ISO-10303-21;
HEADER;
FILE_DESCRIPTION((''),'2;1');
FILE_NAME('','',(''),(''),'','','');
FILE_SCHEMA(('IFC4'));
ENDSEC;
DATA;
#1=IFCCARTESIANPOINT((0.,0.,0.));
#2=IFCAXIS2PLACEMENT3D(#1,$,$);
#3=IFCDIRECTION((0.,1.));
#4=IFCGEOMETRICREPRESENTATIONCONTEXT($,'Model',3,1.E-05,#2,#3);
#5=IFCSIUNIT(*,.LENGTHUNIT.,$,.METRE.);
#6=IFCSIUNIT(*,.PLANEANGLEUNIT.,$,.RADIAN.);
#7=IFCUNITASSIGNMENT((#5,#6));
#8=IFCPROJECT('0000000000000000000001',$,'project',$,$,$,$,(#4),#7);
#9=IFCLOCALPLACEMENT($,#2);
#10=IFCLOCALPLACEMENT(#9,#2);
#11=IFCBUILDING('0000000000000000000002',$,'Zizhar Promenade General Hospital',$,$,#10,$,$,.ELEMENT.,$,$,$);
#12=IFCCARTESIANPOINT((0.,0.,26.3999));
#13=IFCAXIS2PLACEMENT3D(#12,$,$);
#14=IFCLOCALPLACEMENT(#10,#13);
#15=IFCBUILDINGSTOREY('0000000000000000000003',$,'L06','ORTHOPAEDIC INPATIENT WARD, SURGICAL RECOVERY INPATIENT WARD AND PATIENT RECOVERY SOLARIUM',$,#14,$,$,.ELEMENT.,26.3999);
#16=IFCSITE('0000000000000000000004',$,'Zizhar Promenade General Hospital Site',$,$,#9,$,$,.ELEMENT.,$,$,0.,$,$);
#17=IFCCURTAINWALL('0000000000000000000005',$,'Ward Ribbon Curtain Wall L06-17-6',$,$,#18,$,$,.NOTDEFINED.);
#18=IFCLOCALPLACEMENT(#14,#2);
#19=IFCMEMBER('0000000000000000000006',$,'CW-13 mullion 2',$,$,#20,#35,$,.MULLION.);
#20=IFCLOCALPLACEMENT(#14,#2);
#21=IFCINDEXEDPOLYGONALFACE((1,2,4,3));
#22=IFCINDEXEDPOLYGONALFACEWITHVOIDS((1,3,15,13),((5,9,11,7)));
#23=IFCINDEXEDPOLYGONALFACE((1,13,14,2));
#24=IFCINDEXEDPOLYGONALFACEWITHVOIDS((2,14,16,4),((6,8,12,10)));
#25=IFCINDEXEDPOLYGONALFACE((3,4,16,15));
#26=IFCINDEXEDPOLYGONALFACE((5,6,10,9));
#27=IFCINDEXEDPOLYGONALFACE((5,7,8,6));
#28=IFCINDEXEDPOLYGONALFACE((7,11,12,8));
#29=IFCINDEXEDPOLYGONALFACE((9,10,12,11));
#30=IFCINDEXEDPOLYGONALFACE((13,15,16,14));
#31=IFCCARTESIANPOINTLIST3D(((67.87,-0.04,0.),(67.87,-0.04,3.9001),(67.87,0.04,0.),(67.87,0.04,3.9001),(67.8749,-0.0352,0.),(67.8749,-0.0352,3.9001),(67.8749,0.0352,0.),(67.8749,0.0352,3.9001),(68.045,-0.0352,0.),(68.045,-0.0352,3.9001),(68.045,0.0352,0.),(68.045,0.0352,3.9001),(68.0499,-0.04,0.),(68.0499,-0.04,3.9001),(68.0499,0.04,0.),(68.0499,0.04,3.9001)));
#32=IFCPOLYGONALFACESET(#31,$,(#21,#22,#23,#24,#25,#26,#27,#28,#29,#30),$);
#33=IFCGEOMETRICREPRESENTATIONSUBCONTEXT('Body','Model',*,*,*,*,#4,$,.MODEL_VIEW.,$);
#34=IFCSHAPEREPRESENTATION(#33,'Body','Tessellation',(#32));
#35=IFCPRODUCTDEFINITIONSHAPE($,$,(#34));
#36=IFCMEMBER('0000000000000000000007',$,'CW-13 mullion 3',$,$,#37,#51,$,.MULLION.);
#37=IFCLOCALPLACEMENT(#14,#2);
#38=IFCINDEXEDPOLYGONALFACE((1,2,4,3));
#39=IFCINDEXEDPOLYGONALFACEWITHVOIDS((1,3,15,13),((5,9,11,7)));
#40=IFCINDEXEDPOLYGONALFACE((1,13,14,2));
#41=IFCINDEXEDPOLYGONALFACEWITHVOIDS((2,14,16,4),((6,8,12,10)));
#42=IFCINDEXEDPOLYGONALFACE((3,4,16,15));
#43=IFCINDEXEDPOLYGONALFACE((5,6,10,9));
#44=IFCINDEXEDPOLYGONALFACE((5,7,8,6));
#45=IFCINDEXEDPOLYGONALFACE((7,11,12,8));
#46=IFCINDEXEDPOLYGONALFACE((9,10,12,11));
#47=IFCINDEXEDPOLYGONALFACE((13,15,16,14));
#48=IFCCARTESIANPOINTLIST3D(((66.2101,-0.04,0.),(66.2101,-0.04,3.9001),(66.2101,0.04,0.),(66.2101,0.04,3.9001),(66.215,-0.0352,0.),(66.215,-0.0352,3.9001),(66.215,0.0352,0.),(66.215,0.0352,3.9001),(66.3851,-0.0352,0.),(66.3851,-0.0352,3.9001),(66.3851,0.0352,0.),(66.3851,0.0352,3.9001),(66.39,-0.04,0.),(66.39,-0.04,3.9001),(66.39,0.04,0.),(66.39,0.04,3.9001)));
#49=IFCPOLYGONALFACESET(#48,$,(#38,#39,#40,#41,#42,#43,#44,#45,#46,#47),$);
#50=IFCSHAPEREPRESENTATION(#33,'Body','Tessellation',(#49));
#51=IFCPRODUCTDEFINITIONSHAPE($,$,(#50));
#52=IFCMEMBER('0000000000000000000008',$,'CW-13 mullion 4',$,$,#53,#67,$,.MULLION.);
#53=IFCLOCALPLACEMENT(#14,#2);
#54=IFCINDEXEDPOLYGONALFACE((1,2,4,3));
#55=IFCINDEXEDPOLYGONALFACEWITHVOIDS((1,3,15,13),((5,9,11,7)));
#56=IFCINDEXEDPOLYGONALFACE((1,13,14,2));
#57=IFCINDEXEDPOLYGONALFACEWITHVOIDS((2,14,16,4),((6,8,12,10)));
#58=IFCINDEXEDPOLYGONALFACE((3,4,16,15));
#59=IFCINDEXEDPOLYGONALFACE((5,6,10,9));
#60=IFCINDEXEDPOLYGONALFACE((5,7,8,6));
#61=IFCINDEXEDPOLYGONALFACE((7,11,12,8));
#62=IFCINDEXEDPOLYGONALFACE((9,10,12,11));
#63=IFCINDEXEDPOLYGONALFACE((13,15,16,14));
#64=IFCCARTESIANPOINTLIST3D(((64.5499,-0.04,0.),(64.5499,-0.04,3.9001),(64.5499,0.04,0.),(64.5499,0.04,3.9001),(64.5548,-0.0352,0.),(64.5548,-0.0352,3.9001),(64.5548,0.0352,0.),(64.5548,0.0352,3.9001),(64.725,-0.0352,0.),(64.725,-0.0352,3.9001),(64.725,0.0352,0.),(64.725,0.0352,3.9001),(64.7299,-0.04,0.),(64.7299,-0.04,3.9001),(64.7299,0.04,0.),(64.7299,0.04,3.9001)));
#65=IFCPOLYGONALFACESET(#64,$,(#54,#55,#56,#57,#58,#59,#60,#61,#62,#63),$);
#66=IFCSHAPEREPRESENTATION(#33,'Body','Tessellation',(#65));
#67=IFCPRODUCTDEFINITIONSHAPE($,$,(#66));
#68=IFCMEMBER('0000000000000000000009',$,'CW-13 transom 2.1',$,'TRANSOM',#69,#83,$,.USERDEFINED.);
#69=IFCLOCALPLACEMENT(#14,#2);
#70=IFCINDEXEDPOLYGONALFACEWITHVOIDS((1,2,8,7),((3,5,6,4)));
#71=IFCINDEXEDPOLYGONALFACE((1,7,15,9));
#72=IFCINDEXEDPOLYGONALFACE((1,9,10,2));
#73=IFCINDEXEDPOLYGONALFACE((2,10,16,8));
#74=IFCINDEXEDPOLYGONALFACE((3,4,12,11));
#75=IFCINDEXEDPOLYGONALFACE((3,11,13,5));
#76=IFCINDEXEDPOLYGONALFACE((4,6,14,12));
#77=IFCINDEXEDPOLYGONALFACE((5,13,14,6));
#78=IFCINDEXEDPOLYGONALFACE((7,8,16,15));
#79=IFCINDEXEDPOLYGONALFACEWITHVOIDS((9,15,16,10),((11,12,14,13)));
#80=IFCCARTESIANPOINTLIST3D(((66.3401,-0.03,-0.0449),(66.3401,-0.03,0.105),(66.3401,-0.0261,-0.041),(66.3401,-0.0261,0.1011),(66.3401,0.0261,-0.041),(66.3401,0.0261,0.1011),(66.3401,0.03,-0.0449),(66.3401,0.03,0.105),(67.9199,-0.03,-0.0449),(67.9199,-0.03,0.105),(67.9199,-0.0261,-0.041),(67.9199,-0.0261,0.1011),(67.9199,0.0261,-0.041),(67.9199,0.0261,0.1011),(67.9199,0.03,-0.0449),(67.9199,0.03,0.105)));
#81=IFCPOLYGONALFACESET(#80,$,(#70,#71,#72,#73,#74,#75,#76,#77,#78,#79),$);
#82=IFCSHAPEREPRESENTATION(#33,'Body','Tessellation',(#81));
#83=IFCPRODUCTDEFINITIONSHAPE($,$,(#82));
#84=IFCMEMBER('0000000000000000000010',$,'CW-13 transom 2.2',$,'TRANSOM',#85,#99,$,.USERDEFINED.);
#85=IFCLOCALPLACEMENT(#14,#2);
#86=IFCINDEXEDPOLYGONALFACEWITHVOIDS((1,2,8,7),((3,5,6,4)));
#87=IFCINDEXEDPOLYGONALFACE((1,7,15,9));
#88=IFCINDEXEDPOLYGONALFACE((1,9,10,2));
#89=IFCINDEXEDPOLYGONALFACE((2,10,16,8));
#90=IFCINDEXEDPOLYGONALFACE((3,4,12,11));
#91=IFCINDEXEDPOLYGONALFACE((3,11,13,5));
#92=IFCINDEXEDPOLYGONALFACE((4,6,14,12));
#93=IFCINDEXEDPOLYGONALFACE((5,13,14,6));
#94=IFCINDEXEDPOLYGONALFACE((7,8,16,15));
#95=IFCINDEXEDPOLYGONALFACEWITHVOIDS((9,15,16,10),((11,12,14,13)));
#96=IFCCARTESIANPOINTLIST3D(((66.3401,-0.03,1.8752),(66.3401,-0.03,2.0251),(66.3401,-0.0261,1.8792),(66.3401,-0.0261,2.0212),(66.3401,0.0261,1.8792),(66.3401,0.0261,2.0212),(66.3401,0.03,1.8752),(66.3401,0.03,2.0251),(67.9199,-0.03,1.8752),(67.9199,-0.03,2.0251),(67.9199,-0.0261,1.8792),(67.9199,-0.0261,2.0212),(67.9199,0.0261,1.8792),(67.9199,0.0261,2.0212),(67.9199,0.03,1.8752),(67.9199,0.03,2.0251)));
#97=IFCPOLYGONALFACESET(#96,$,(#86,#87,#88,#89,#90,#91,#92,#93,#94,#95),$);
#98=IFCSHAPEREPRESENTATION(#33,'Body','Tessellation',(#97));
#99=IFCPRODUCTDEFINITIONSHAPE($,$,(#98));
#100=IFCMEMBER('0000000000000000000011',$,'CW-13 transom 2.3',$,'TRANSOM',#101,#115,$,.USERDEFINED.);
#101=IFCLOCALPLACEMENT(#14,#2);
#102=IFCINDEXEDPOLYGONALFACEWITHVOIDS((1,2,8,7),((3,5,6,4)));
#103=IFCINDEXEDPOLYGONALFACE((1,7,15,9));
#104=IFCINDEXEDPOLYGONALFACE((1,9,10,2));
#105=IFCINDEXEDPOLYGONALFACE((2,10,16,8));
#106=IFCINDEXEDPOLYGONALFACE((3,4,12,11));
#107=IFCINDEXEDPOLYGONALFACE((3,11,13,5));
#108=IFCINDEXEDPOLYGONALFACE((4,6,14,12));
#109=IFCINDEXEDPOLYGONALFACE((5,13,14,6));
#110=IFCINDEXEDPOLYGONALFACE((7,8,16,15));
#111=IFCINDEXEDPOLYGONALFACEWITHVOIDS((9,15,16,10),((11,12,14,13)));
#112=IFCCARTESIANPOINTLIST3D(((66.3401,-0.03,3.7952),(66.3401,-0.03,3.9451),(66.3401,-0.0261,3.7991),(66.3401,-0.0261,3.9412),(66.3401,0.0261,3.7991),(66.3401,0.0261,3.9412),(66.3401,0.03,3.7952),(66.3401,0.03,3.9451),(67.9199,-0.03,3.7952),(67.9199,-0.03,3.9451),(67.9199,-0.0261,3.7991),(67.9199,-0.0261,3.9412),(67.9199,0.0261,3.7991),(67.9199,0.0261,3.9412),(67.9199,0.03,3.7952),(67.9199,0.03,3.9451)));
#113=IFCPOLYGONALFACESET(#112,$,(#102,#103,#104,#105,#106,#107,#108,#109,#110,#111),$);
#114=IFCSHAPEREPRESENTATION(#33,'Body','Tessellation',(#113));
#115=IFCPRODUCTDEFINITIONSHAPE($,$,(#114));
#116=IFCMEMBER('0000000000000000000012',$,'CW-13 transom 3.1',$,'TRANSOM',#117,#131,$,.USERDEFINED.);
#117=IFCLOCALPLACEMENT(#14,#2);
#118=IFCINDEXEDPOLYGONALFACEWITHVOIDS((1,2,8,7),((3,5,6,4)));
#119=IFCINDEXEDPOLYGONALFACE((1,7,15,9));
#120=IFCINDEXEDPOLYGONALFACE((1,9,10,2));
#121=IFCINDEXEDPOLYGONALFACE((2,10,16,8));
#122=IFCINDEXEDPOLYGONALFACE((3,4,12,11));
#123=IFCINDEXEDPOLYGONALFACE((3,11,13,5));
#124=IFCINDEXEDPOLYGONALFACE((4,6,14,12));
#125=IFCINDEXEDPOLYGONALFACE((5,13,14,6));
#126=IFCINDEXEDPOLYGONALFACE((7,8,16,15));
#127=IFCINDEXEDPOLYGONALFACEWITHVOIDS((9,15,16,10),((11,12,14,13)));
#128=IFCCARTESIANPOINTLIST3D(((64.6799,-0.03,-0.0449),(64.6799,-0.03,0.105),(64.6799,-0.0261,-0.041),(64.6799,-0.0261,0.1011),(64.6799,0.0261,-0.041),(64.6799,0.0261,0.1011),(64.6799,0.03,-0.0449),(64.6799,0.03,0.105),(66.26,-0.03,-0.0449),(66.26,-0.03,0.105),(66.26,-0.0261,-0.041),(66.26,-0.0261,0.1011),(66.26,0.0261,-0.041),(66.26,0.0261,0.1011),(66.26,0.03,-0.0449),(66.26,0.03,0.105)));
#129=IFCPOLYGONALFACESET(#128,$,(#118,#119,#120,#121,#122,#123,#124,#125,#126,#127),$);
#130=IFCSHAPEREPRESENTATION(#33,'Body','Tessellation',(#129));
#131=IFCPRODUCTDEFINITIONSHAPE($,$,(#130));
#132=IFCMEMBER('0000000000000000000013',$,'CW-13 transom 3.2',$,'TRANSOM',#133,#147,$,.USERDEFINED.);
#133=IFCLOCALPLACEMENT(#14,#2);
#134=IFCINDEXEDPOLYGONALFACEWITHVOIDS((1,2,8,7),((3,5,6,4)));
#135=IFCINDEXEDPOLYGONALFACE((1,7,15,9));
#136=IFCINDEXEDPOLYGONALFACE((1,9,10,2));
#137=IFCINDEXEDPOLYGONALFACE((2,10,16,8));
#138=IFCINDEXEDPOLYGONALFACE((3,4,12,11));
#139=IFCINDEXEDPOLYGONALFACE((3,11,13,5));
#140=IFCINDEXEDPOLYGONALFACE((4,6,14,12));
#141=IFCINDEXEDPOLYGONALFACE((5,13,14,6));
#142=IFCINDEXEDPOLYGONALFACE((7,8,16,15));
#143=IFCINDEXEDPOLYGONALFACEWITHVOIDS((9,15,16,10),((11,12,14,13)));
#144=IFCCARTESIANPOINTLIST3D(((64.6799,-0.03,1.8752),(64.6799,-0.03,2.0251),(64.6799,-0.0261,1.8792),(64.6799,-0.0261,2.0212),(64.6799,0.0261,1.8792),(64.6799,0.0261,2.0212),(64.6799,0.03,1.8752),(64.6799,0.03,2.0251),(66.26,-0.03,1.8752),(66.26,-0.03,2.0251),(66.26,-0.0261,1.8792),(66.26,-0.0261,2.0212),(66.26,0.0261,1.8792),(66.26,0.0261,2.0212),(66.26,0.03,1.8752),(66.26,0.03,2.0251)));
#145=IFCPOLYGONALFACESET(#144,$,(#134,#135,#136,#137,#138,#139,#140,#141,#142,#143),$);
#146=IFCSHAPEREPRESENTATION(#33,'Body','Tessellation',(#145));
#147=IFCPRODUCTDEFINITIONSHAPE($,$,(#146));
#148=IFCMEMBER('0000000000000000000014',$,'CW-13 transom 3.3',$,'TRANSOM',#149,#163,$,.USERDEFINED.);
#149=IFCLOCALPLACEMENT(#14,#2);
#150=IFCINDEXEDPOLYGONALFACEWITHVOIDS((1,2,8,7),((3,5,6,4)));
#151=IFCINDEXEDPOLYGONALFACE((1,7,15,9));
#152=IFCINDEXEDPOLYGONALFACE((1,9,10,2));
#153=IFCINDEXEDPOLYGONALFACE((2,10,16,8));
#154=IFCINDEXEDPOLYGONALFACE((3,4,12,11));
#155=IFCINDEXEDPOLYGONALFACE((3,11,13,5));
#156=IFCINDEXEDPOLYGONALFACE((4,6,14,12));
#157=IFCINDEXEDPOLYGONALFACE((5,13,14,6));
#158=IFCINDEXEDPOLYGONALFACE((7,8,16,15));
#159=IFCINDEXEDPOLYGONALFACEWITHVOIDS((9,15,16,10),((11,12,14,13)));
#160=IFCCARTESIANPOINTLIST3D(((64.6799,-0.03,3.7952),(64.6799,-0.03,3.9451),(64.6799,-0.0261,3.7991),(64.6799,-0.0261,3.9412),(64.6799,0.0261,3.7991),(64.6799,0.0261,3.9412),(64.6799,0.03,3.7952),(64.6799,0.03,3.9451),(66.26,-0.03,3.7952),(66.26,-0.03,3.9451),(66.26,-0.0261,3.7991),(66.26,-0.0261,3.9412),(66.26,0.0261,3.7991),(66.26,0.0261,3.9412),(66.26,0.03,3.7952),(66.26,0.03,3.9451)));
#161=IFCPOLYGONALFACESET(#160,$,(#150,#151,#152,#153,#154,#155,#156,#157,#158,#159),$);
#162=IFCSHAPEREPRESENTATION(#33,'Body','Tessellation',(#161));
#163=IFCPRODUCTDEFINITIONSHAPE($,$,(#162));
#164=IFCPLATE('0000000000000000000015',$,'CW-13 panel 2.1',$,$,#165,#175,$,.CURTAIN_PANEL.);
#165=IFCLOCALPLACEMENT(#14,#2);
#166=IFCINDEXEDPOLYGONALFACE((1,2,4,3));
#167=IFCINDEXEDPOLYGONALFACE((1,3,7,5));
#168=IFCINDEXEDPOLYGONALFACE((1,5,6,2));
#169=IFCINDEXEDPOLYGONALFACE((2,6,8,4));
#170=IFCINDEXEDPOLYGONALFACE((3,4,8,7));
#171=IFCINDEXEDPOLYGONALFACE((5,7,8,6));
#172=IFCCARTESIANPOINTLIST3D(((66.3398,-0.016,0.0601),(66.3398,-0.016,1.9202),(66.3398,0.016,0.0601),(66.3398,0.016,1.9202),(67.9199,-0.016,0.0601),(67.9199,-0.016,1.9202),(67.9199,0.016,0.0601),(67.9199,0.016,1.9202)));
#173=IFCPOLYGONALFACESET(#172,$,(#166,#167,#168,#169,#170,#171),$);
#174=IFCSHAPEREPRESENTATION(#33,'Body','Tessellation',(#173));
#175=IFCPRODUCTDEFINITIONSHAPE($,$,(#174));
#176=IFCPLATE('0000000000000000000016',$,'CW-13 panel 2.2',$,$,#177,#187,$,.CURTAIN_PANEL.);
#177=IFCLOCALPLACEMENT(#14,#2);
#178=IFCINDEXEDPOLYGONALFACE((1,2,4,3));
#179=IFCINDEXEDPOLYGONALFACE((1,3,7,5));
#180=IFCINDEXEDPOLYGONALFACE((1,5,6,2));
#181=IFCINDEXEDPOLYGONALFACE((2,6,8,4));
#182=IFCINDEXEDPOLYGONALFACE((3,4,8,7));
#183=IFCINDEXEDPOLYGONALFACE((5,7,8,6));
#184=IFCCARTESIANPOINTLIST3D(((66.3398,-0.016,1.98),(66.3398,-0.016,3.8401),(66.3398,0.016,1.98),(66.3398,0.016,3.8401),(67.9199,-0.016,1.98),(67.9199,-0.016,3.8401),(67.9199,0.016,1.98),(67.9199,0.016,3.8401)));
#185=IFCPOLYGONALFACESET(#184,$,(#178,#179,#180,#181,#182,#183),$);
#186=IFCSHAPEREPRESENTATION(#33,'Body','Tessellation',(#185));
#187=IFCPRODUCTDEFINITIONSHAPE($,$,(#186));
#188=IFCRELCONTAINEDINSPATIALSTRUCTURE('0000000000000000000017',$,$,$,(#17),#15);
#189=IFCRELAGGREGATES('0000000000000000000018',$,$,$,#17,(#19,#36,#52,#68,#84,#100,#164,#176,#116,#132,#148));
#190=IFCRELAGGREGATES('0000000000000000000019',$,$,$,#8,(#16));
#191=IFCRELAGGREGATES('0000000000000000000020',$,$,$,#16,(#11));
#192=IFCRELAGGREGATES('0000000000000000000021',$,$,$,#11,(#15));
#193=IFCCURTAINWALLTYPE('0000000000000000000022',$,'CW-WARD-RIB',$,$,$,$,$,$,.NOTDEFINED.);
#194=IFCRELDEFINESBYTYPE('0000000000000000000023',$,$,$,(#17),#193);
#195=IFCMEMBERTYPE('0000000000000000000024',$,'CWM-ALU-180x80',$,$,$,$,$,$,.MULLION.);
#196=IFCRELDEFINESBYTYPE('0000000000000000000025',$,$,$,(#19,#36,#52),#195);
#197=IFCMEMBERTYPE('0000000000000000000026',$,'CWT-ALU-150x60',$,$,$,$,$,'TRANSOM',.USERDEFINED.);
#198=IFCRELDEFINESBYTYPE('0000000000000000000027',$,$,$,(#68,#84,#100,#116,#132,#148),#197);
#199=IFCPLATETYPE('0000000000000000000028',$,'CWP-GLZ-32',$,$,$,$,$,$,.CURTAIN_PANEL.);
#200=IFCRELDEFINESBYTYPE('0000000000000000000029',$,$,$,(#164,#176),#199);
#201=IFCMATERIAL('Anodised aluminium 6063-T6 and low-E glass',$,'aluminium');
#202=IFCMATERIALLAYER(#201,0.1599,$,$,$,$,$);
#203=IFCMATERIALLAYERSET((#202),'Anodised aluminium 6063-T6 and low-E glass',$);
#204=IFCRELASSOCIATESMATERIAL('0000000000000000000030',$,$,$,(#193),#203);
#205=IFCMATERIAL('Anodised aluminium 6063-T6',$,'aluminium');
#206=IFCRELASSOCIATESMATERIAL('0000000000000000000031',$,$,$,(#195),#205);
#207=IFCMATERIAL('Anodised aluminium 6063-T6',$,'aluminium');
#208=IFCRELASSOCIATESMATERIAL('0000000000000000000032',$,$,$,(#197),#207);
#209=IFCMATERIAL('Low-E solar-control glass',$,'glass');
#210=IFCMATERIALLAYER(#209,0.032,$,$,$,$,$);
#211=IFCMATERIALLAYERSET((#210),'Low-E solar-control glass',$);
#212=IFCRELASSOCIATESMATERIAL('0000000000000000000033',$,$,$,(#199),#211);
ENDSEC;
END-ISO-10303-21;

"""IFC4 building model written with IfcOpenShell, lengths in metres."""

from ifc_helpers import new_model, si_unit, direction, frame, origin, origin_2d, place, context, subcontext, project, spatial, rectangle, hollow_rectangle, extrude, material, layer, layer_set, material_profile, profile_set, type_object, element, aggregate, save


model = new_model("IFC4")

# Units and contexts
model_context = context("Model", 3, precision=1e-05, world=origin(), true_north=direction((0.0, 1.0)))
body_context = subcontext(model_context, "Body", "Model", "MODEL_VIEW")
ifc_project = project(units=[si_unit("LENGTHUNIT", "METRE"), si_unit("PLANEANGLEUNIT", "RADIAN")], contexts=[model_context])

# Site, building, storey
site_placement = place(None, origin())
site = spatial("IfcSite", under=ifc_project, at=site_placement, Name="Zizhar Promenade General Hospital Site", CompositionType="ELEMENT", RefElevation=0.0)
building_placement = place(site_placement, origin())
building = spatial("IfcBuilding", under=site, at=building_placement, Name="Zizhar Promenade General Hospital", CompositionType="ELEMENT")
storey_placement = place(building_placement, frame((0.0, 0.0, 26.3999)))
storey = spatial("IfcBuildingStorey", under=building, at=storey_placement, Name="L06", Description="ORTHOPAEDIC INPATIENT WARD, SURGICAL RECOVERY INPATIENT WARD AND PATIENT RECOVERY SOLARIUM", CompositionType="ELEMENT", Elevation=26.3999)

# Curtain wall, members, plates
ifc_material_1 = material(Name="Anodised aluminium 6063-T6 and low-E glass", Category="aluminium")
ifc_layer_1 = layer(ifc_material_1, 0.1599)
ifc_layer_set_1 = layer_set([ifc_layer_1], Name="Anodised aluminium 6063-T6 and low-E glass")
curtain_wall_type = type_object("IfcCurtainWallType", Name="CW-WARD-RIB", PredefinedType="NOTDEFINED", material=ifc_layer_set_1)
curtain_wall_placement = place(storey_placement, origin())
curtain_wall = element("IfcCurtainWall", 1, at=curtain_wall_placement, inside=storey, type_object=curtain_wall_type, Name="Ward Ribbon Curtain Wall L06-17-6", PredefinedType="NOTDEFINED")
ifc_material_2 = material(Name="Anodised aluminium 6063-T6", Category="aluminium")
ifc_material_profile_1 = material_profile(ifc_material_2, hollow_rectangle(XDim=0.0801, YDim=0.1799, WallThickness=0.0049, at=origin_2d()))
ifc_profile_set_1 = profile_set([ifc_material_profile_1], Name="Anodised aluminium 6063-T6")
member_type_1 = type_object("IfcMemberType", Name="CWM-ALU-180x80", PredefinedType="MULLION", material=ifc_profile_set_1)
member_1_placement = place(storey_placement, frame((67.96, 0.0, 0.0), z_axis=(0.0, 0.0, 1.0), x_axis=(0.0, -1.0, 0.0)))
member_1 = element("IfcMember", 2, at=member_1_placement, type_object=member_type_1, Name="CW-13 mullion 2", PredefinedType="MULLION", context=body_context, shape_type="SweptSolid", body=[
    extrude(hollow_rectangle(XDim=0.0801, YDim=0.1799, WallThickness=0.0049, at=origin_2d()), origin(), (0.0, 0.0, 1.0), 3.9001),
])
member_2_placement = place(storey_placement, frame((66.3, 0.0, 0.0), z_axis=(0.0, 0.0, 1.0), x_axis=(0.0, -1.0, 0.0)))
member_2 = element("IfcMember", 3, at=member_2_placement, type_object=member_type_1, Name="CW-13 mullion 3", PredefinedType="MULLION", context=body_context, shape_type="SweptSolid", body=[
    extrude(hollow_rectangle(XDim=0.0801, YDim=0.1799, WallThickness=0.0049, at=origin_2d()), origin(), (0.0, 0.0, 1.0), 3.9001),
])
member_3_placement = place(storey_placement, frame((64.6399, 0.0, 0.0), z_axis=(0.0, 0.0, 1.0), x_axis=(0.0, -1.0, 0.0)))
member_3 = element("IfcMember", 4, at=member_3_placement, type_object=member_type_1, Name="CW-13 mullion 4", PredefinedType="MULLION", context=body_context, shape_type="SweptSolid", body=[
    extrude(hollow_rectangle(XDim=0.0801, YDim=0.1799, WallThickness=0.0049, at=origin_2d()), origin(), (0.0, 0.0, 1.0), 3.9001),
])
ifc_material_3 = material(Name="Anodised aluminium 6063-T6", Category="aluminium")
ifc_material_profile_2 = material_profile(ifc_material_3, hollow_rectangle(XDim=0.0601, YDim=0.1499, WallThickness=0.0039, at=origin_2d()))
ifc_profile_set_2 = profile_set([ifc_material_profile_2], Name="Anodised aluminium 6063-T6")
member_type_2 = type_object("IfcMemberType", Name="CWT-ALU-150x60", ElementType="TRANSOM", PredefinedType="USERDEFINED", material=ifc_profile_set_2)
member_4_placement = place(storey_placement, frame((67.9199, 0.0, 0.03), z_axis=(-1.0, 0.0, 0.0), x_axis=(0.0, -1.0, 0.0)))
member_4 = element("IfcMember", 5, at=member_4_placement, type_object=member_type_2, Name="CW-13 transom 2.1", ObjectType="TRANSOM", PredefinedType="USERDEFINED", context=body_context, shape_type="SweptSolid", body=[
    extrude(hollow_rectangle(XDim=0.0601, YDim=0.1499, WallThickness=0.0039, at=origin_2d()), origin(), (0.0, 0.0, 1.0), 1.5798),
])
member_5_placement = place(storey_placement, frame((67.9199, 0.0, 1.9502), z_axis=(-1.0, 0.0, 0.0), x_axis=(0.0, -1.0, 0.0)))
member_5 = element("IfcMember", 6, at=member_5_placement, type_object=member_type_2, Name="CW-13 transom 2.2", ObjectType="TRANSOM", PredefinedType="USERDEFINED", context=body_context, shape_type="SweptSolid", body=[
    extrude(hollow_rectangle(XDim=0.0601, YDim=0.1499, WallThickness=0.0039, at=origin_2d()), origin(), (0.0, 0.0, 1.0), 1.5798),
])
member_6_placement = place(storey_placement, frame((67.9199, 0.0, 3.8701), z_axis=(-1.0, 0.0, 0.0), x_axis=(0.0, -1.0, 0.0)))
member_6 = element("IfcMember", 7, at=member_6_placement, type_object=member_type_2, Name="CW-13 transom 2.3", ObjectType="TRANSOM", PredefinedType="USERDEFINED", context=body_context, shape_type="SweptSolid", body=[
    extrude(hollow_rectangle(XDim=0.0601, YDim=0.1499, WallThickness=0.0039, at=origin_2d()), origin(), (0.0, 0.0, 1.0), 1.5798),
])
member_7_placement = place(storey_placement, frame((66.26, 0.0, 0.03), z_axis=(-1.0, 0.0, 0.0), x_axis=(0.0, -1.0, 0.0)))
member_7 = element("IfcMember", 8, at=member_7_placement, type_object=member_type_2, Name="CW-13 transom 3.1", ObjectType="TRANSOM", PredefinedType="USERDEFINED", context=body_context, shape_type="SweptSolid", body=[
    extrude(hollow_rectangle(XDim=0.0601, YDim=0.1499, WallThickness=0.0039, at=origin_2d()), origin(), (0.0, 0.0, 1.0), 1.5801),
])
member_8_placement = place(storey_placement, frame((66.26, 0.0, 1.9502), z_axis=(-1.0, 0.0, 0.0), x_axis=(0.0, -1.0, 0.0)))
member_8 = element("IfcMember", 9, at=member_8_placement, type_object=member_type_2, Name="CW-13 transom 3.2", ObjectType="TRANSOM", PredefinedType="USERDEFINED", context=body_context, shape_type="SweptSolid", body=[
    extrude(hollow_rectangle(XDim=0.0601, YDim=0.1499, WallThickness=0.0039, at=origin_2d()), origin(), (0.0, 0.0, 1.0), 1.5801),
])
member_9_placement = place(storey_placement, frame((66.26, 0.0, 3.8701), z_axis=(-1.0, 0.0, 0.0), x_axis=(0.0, -1.0, 0.0)))
member_9 = element("IfcMember", 10, at=member_9_placement, type_object=member_type_2, Name="CW-13 transom 3.3", ObjectType="TRANSOM", PredefinedType="USERDEFINED", context=body_context, shape_type="SweptSolid", body=[
    extrude(hollow_rectangle(XDim=0.0601, YDim=0.1499, WallThickness=0.0039, at=origin_2d()), origin(), (0.0, 0.0, 1.0), 1.5801),
])
ifc_material_4 = material(Name="Low-E solar-control glass", Category="glass")
ifc_layer_2 = layer(ifc_material_4, 0.032)
ifc_layer_set_2 = layer_set([ifc_layer_2], Name="Low-E solar-control glass")
plate_type = type_object("IfcPlateType", Name="CWP-GLZ-32", PredefinedType="CURTAIN_PANEL", material=ifc_layer_set_2)
plate_1_placement = place(storey_placement, frame((67.1299, 0.0, 0.0601), z_axis=(0.0, 0.0, 1.0), x_axis=(-1.0, 0.0, 0.0)))
plate_1 = element("IfcPlate", 11, at=plate_1_placement, type_object=plate_type, Name="CW-13 panel 2.1", PredefinedType="CURTAIN_PANEL", context=body_context, shape_type="SweptSolid", body=[
    extrude(rectangle(XDim=1.5801, YDim=0.032, at=origin_2d()), origin(), (0.0, 0.0, 1.0), 1.8601),
])
plate_2_placement = place(storey_placement, frame((67.1299, 0.0, 1.98), z_axis=(0.0, 0.0, 1.0), x_axis=(-1.0, 0.0, 0.0)))
plate_2 = element("IfcPlate", 12, at=plate_2_placement, type_object=plate_type, Name="CW-13 panel 2.2", PredefinedType="CURTAIN_PANEL", context=body_context, shape_type="SweptSolid", body=[
    extrude(rectangle(XDim=1.5801, YDim=0.032, at=origin_2d()), origin(), (0.0, 0.0, 1.0), 1.8601),
])
aggregate(curtain_wall, [member_1, member_2, member_3, member_4, member_5, member_6, plate_1, plate_2, member_7, member_8, member_9])

save(model, "model.ifc")
